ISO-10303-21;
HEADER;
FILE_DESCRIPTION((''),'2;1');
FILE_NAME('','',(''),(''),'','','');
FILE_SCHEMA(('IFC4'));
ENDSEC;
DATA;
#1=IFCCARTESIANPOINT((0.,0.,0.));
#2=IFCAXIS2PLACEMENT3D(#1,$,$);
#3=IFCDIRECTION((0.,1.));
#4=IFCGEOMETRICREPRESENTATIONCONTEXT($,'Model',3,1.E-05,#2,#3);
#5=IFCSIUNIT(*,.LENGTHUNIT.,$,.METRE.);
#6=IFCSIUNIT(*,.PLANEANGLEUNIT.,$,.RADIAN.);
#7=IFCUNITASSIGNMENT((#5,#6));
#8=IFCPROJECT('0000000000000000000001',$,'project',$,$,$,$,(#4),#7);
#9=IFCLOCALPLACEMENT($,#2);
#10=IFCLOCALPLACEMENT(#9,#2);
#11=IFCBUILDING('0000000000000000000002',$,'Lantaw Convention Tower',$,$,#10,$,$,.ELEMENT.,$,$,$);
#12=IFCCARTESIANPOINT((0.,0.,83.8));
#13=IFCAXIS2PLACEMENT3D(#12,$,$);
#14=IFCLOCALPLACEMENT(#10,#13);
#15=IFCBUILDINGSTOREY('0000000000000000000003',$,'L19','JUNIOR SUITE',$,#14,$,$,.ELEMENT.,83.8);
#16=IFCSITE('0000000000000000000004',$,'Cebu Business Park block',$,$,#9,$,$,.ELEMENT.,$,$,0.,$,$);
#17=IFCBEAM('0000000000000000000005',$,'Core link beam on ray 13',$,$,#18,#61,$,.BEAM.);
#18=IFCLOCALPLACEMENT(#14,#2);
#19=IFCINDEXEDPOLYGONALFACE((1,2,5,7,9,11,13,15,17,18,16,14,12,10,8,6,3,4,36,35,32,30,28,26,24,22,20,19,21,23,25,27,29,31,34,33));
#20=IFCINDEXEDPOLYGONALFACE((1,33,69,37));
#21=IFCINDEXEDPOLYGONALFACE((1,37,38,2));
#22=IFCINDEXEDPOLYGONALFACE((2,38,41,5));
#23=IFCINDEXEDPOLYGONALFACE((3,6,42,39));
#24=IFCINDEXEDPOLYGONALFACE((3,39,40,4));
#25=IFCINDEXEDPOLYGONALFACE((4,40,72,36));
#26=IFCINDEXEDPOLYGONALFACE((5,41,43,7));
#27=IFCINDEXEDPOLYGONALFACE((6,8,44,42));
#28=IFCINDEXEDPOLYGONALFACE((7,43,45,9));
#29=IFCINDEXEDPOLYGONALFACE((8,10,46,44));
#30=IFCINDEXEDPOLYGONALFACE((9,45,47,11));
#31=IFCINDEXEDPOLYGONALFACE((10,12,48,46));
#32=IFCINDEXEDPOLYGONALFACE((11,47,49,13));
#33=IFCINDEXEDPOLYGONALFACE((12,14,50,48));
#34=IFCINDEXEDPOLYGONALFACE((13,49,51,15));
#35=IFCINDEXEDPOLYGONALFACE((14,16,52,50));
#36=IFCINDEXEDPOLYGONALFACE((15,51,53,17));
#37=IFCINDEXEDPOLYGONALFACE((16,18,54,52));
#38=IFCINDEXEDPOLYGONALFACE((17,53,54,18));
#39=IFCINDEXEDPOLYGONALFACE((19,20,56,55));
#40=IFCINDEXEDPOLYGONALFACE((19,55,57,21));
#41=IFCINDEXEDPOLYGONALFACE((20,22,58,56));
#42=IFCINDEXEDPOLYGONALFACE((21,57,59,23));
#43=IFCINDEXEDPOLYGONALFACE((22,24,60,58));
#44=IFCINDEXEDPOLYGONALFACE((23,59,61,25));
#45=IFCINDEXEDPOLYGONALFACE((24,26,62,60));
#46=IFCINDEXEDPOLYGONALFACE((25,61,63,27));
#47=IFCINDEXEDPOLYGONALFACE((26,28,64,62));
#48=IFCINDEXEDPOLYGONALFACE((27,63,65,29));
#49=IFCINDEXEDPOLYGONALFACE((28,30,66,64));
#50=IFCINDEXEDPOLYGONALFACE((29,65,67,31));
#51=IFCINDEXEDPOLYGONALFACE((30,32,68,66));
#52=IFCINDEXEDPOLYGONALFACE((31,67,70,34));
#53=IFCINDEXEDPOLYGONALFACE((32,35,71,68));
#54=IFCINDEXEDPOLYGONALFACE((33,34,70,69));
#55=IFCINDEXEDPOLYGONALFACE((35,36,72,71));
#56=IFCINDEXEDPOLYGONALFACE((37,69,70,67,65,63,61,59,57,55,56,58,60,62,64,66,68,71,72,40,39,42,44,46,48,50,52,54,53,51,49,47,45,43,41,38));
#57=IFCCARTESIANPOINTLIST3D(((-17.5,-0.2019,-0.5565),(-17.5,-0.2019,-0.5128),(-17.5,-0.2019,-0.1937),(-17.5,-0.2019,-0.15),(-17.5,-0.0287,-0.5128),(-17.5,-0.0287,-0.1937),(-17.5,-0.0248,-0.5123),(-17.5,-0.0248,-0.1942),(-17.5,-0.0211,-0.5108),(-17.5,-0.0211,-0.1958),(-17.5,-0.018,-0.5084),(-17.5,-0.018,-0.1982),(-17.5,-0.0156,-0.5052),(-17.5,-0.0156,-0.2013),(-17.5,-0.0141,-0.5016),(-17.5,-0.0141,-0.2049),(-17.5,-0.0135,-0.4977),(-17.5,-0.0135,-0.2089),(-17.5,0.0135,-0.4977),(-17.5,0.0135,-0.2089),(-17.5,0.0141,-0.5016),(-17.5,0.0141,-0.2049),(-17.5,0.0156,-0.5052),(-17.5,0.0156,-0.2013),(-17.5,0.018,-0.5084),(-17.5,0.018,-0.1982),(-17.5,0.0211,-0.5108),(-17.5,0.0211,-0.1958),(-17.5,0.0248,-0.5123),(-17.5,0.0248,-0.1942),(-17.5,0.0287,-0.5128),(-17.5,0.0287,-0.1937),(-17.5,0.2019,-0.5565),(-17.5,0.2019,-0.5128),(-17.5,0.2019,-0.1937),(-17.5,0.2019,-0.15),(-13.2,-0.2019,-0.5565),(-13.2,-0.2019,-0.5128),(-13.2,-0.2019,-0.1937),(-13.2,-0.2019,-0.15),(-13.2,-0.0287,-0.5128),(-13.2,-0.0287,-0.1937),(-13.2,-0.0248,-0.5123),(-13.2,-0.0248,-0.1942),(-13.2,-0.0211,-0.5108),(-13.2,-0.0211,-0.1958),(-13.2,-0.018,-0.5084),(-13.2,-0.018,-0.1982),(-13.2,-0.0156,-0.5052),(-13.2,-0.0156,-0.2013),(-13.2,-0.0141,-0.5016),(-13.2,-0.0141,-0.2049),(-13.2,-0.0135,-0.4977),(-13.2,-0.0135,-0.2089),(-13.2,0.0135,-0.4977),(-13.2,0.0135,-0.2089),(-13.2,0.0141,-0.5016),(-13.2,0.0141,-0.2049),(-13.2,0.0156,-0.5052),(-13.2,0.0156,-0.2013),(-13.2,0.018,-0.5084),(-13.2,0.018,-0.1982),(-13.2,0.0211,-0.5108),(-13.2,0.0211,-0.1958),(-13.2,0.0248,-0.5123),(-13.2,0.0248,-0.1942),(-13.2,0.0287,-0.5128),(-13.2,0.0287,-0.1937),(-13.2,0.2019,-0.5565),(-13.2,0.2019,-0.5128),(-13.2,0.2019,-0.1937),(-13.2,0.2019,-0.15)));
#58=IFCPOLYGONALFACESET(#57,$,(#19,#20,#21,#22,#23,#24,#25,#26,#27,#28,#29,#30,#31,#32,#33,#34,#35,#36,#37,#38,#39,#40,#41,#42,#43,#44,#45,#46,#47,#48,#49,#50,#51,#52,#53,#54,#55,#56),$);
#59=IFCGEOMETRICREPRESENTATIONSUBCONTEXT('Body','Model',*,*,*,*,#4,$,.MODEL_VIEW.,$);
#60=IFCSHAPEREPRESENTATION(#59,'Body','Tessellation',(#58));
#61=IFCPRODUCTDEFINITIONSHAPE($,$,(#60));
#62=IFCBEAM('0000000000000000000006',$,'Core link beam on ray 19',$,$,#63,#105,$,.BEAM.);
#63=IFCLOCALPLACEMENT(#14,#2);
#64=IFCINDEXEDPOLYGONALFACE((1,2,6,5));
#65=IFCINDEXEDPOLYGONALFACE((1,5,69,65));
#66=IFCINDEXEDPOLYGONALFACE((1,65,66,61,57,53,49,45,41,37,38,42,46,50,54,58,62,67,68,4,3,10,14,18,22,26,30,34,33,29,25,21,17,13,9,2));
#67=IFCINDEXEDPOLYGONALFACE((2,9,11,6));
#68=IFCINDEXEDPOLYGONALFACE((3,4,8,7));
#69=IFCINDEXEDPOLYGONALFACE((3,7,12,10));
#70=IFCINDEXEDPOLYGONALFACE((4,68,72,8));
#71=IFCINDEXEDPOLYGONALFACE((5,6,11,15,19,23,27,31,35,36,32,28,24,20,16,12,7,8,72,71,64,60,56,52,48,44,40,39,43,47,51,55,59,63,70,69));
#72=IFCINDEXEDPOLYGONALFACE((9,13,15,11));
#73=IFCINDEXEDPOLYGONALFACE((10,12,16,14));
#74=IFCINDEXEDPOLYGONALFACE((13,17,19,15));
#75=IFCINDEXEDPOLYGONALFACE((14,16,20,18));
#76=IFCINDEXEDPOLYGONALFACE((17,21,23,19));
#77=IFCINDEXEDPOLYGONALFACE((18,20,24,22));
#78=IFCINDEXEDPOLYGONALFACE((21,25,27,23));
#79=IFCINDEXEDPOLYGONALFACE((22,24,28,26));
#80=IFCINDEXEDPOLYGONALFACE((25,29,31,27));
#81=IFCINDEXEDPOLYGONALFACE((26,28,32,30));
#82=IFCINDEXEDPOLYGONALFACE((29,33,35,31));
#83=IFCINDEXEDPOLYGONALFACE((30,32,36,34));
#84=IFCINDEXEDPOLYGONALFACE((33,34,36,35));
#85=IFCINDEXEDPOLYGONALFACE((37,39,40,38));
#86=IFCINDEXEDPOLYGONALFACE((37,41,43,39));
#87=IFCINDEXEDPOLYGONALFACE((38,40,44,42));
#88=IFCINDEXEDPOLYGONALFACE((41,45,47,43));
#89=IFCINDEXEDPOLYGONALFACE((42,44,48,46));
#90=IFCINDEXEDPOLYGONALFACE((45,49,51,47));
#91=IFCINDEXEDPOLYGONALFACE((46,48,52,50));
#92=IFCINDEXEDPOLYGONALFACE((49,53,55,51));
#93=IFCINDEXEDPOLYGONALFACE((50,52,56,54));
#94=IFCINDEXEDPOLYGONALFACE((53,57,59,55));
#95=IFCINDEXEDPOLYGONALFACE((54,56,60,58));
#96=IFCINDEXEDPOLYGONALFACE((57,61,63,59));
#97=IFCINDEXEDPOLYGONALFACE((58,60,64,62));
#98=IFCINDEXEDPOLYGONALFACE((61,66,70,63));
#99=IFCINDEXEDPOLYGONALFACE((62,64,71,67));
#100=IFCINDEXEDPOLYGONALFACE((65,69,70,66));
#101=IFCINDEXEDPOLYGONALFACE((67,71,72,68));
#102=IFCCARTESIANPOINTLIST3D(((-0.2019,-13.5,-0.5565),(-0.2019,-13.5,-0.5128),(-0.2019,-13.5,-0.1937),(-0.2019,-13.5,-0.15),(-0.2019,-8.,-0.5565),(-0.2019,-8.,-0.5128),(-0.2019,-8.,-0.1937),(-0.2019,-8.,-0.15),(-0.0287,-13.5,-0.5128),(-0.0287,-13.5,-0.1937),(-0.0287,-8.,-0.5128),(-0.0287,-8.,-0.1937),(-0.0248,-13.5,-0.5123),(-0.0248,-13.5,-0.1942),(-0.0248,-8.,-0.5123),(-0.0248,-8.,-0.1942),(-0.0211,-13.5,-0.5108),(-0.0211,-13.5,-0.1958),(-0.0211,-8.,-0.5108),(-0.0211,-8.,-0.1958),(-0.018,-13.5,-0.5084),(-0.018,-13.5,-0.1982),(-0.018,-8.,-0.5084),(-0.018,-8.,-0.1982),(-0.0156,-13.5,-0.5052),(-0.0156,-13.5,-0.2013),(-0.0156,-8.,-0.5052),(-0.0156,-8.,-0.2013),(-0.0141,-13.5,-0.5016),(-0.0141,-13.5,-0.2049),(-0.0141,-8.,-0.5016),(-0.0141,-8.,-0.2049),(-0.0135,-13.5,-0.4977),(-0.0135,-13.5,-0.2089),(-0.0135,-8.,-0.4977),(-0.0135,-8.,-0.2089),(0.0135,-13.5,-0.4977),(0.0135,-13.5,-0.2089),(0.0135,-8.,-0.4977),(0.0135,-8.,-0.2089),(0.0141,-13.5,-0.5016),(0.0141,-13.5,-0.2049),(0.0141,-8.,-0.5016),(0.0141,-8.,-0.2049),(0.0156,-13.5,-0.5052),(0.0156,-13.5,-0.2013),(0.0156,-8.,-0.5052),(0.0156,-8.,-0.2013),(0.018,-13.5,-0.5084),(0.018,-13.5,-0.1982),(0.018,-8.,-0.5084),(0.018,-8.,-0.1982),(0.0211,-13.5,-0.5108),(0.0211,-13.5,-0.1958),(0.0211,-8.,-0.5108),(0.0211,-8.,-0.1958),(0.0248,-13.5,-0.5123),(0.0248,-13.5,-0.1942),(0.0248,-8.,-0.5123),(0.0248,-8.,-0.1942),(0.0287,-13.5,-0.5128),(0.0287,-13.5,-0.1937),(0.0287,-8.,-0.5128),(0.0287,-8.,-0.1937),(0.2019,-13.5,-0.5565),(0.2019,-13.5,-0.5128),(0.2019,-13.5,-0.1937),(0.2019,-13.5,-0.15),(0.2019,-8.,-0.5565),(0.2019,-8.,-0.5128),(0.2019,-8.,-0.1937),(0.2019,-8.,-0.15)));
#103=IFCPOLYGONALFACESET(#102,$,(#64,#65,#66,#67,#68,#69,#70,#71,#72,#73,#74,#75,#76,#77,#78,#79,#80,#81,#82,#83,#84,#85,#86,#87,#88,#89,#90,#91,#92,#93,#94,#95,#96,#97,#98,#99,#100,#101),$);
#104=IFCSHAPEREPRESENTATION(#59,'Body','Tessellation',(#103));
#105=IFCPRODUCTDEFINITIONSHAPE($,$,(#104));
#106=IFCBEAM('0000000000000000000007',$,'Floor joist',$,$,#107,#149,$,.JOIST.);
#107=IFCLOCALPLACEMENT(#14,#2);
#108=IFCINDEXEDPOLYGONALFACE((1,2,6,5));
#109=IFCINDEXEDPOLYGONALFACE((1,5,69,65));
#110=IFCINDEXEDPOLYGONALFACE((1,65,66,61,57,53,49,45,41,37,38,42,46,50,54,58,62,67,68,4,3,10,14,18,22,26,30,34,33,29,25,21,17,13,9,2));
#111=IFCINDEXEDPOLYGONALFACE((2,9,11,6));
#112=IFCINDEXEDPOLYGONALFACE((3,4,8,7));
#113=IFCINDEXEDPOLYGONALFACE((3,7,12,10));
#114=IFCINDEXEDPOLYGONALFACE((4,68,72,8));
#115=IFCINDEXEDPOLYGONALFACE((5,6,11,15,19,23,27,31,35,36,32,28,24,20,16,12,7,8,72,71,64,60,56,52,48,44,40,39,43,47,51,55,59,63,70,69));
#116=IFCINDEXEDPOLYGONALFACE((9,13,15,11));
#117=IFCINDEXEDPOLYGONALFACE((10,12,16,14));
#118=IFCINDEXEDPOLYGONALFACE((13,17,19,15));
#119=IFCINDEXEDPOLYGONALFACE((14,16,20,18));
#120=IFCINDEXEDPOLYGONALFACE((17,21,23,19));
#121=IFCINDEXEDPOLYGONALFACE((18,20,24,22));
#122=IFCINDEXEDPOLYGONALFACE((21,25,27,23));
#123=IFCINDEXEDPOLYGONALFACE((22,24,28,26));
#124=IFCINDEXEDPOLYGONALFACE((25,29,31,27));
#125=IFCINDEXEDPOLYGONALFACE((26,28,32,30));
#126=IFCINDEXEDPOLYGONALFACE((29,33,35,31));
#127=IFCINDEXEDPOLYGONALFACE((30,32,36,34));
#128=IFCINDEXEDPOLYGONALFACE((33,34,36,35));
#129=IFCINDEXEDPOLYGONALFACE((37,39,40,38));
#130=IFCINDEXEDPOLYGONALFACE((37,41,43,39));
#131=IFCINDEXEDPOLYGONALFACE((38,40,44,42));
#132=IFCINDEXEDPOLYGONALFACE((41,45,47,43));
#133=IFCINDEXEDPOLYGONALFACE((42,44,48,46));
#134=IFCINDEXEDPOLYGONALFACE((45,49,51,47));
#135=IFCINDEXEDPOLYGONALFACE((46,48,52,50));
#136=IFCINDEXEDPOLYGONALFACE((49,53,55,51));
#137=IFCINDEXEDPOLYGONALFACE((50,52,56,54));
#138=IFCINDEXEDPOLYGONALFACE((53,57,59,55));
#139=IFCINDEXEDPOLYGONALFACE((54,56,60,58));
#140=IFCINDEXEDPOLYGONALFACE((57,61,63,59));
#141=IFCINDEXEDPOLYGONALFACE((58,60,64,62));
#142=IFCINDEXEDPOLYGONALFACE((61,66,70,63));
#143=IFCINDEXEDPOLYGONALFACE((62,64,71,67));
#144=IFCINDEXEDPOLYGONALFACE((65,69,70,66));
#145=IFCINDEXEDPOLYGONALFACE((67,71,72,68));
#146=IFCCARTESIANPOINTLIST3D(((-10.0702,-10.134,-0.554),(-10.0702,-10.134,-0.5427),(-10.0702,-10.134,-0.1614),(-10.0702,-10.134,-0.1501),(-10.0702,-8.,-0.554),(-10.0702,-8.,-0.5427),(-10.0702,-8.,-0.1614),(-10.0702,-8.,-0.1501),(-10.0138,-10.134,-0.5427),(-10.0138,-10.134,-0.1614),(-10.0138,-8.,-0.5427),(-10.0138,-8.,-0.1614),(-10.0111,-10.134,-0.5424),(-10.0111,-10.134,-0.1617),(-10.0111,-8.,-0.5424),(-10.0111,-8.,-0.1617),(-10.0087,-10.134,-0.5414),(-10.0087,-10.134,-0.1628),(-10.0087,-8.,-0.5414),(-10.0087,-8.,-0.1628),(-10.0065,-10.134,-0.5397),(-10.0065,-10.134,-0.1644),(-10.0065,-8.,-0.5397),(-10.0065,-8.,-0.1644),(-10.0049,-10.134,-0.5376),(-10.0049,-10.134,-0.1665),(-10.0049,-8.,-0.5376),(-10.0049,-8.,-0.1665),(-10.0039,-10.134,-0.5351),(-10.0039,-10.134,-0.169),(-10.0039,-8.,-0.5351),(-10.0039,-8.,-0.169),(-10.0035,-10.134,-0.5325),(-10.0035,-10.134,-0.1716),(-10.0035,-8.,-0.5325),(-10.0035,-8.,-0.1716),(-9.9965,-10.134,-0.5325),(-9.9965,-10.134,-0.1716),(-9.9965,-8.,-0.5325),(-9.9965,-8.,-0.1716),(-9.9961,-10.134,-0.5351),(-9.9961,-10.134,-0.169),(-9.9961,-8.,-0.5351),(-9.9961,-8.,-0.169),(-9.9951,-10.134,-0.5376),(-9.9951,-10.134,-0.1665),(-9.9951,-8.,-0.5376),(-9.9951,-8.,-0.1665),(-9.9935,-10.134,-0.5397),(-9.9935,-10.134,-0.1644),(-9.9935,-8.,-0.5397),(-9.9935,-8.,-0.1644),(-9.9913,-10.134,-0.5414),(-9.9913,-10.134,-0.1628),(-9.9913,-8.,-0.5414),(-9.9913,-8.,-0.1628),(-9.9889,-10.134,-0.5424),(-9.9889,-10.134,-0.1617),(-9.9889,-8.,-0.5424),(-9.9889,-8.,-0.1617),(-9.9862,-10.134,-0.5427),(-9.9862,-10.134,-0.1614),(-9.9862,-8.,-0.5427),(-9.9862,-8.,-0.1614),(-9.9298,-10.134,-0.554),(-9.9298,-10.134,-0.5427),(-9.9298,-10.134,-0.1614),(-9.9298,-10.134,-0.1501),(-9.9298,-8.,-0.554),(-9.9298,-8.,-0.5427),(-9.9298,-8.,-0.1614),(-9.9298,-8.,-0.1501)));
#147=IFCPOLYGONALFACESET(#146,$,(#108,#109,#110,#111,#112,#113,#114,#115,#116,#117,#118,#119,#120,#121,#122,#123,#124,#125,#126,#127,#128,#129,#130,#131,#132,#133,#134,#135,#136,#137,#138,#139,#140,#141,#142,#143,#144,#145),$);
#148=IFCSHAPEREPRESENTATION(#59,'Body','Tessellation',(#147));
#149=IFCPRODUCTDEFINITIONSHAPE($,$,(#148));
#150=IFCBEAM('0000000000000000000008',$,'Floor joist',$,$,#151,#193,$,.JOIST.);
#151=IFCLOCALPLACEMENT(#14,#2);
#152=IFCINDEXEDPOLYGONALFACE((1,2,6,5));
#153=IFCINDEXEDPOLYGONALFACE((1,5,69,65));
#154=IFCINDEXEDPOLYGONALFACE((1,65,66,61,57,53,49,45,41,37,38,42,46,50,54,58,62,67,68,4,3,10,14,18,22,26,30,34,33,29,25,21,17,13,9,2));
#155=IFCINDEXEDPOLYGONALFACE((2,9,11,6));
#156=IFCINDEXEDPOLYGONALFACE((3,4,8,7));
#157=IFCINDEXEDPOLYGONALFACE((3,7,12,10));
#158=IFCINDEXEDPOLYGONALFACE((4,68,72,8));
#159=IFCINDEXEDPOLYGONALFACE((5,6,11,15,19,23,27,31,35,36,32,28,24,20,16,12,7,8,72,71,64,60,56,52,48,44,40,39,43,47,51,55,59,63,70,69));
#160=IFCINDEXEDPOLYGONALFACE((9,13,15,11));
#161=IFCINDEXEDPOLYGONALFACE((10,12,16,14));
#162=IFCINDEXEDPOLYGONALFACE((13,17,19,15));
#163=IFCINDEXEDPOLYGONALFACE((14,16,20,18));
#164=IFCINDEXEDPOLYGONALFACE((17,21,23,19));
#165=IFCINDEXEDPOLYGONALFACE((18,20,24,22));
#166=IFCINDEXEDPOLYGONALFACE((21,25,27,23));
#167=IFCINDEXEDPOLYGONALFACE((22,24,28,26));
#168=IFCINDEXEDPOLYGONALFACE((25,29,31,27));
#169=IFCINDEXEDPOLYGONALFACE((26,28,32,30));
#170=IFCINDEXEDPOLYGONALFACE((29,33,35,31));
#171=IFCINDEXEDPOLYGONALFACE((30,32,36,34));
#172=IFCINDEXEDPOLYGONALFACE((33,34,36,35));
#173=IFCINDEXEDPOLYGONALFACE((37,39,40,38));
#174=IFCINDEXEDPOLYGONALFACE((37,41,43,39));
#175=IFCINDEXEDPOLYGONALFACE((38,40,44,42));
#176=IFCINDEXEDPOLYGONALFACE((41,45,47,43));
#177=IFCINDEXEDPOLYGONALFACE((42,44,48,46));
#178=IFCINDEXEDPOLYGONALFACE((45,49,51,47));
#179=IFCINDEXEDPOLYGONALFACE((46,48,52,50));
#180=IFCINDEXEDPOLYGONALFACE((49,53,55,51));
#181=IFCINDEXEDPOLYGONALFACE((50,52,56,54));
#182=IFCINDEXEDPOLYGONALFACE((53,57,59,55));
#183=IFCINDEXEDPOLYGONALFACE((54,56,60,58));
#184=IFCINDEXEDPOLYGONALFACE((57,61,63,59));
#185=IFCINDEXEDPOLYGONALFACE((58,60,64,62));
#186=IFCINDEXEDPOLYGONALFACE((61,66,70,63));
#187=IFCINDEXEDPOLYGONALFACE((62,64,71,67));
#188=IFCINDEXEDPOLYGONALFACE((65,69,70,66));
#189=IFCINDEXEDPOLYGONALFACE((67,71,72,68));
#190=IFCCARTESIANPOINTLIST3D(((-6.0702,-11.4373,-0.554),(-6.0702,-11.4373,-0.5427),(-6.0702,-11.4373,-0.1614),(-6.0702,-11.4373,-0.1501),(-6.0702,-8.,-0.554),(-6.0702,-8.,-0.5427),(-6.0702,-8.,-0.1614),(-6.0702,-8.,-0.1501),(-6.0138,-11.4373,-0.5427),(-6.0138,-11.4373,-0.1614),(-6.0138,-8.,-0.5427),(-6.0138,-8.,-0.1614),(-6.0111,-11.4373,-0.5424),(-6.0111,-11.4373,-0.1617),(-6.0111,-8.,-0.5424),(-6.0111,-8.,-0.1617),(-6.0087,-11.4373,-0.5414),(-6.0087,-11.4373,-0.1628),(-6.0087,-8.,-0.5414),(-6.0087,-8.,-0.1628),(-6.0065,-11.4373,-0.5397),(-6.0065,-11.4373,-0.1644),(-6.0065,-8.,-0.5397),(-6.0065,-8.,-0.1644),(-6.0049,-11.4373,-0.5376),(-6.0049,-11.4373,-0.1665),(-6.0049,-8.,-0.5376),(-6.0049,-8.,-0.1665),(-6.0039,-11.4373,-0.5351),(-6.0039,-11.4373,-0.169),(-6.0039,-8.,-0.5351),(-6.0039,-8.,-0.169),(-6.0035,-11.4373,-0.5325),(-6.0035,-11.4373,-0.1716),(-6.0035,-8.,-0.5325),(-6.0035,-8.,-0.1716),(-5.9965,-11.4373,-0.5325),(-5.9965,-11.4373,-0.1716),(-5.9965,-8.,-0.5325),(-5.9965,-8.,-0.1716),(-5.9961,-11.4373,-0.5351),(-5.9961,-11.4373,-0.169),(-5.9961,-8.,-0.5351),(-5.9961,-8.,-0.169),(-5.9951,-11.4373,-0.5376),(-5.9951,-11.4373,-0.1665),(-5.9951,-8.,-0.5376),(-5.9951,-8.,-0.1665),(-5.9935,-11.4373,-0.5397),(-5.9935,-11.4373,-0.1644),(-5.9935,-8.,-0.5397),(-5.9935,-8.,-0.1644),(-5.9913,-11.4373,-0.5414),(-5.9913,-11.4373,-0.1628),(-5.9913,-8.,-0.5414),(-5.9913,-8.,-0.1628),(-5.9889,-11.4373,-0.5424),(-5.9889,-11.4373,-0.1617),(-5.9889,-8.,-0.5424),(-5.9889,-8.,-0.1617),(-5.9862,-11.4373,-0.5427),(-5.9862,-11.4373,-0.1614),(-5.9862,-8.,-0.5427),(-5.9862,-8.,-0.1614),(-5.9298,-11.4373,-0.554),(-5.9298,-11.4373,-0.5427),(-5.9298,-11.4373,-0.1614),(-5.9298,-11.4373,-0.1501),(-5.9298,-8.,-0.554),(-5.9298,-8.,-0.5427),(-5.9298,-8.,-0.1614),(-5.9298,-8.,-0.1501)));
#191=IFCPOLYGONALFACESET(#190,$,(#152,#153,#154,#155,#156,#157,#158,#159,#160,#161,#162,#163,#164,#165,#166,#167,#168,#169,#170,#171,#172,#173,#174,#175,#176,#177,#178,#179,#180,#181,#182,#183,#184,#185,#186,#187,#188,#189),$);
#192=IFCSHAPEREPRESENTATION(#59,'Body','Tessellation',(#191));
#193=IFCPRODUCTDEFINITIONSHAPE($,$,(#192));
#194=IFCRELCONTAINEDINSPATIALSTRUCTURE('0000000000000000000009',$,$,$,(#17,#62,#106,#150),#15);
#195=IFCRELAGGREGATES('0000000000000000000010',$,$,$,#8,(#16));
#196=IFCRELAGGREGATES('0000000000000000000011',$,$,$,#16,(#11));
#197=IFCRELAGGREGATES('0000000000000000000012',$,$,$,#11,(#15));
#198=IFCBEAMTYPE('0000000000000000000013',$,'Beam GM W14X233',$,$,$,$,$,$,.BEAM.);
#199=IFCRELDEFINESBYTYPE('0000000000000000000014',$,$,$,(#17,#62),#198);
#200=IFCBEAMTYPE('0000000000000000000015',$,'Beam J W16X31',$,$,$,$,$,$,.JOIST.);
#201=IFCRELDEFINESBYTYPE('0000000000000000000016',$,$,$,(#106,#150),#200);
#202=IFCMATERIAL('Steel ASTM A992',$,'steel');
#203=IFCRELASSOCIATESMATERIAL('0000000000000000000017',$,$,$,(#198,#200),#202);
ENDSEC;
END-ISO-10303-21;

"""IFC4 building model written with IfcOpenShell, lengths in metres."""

from ifc_helpers import new_model, si_unit, direction, frame, origin, origin_2d, place, context, subcontext, project, spatial, i_section, extrude, material, material_profile, profile_set, type_object, element, save


model = new_model("IFC4")

# Units and contexts
model_context = context("Model", 3, precision=1e-05, world=origin(), true_north=direction((0.0, 1.0)))
body_context = subcontext(model_context, "Body", "Model", "MODEL_VIEW")
ifc_project = project(units=[si_unit("LENGTHUNIT", "METRE"), si_unit("PLANEANGLEUNIT", "RADIAN")], contexts=[model_context])

# Site, building, storey
site_placement = place(None, origin())
site = spatial("IfcSite", under=ifc_project, at=site_placement, Name="Cebu Business Park block", CompositionType="ELEMENT", RefElevation=0.0)
building_placement = place(site_placement, origin())
building = spatial("IfcBuilding", under=site, at=building_placement, Name="Lantaw Convention Tower", CompositionType="ELEMENT")
storey_placement = place(building_placement, frame((0.0, 0.0, 83.8)))
storey = spatial("IfcBuildingStorey", under=building, at=storey_placement, Name="L19", Description="JUNIOR SUITE", CompositionType="ELEMENT", Elevation=83.8)

# Beams
ifc_material_1 = material(Name="Steel ASTM A992", Category="steel")
ifc_material_profile_1 = material_profile(ifc_material_1, i_section(OverallWidth=0.4038, OverallDepth=0.4065, WebThickness=0.0271, FlangeThickness=0.0437, FilletRadius=0.0151, at=origin_2d()), Name="W14X233")
ifc_profile_set_1 = profile_set([ifc_material_profile_1], Name="Steel ASTM A992")
beam_type_1 = type_object("IfcBeamType", Name="Beam GM W14X233", PredefinedType="BEAM", material=ifc_profile_set_1)
beam_1_placement = place(storey_placement, frame((-13.2, 0.0, -0.3533), z_axis=(-1.0, 0.0, 0.0), x_axis=(0.0, -1.0, 0.0)))
element("IfcBeam", 1, at=beam_1_placement, inside=storey, type_object=beam_type_1, Name="Core link beam on ray 13", PredefinedType="BEAM", context=body_context, shape_type="SweptSolid", body=[
    extrude(i_section(OverallWidth=0.4038, OverallDepth=0.4065, WebThickness=0.0271, FlangeThickness=0.0437, FilletRadius=0.0151, at=origin_2d()), origin(), (0.0, 0.0, 1.0), 4.3),
])
beam_2_placement = place(storey_placement, frame((0.0, -8.0, -0.3533), z_axis=(0.0, -1.0, 0.0), x_axis=(1.0, 0.0, 0.0)))
element("IfcBeam", 2, at=beam_2_placement, inside=storey, type_object=beam_type_1, Name="Core link beam on ray 19", PredefinedType="BEAM", context=body_context, shape_type="SweptSolid", body=[
    extrude(i_section(OverallWidth=0.4038, OverallDepth=0.4065, WebThickness=0.0271, FlangeThickness=0.0437, FilletRadius=0.0151, at=origin_2d()), origin(), (0.0, 0.0, 1.0), 5.5),
])
ifc_material_profile_2 = material_profile(ifc_material_1, i_section(OverallWidth=0.1404, OverallDepth=0.4038, WebThickness=0.0071, FlangeThickness=0.0112, FilletRadius=0.0103, at=origin_2d()), Name="W16X31")
ifc_profile_set_2 = profile_set([ifc_material_profile_2], Name="Steel ASTM A992")
beam_type_2 = type_object("IfcBeamType", Name="Beam J W16X31", PredefinedType="JOIST", material=ifc_profile_set_2)
beam_3_placement = place(storey_placement, frame((-10.0, -10.134, -0.3521), z_axis=(0.0, 1.0, 0.0), x_axis=(-1.0, 0.0, 0.0)))
element("IfcBeam", 3, at=beam_3_placement, inside=storey, type_object=beam_type_2, Name="Floor joist", PredefinedType="JOIST", context=body_context, shape_type="SweptSolid", body=[
    extrude(i_section(OverallWidth=0.1404, OverallDepth=0.4038, WebThickness=0.0071, FlangeThickness=0.0112, FilletRadius=0.0103, at=origin_2d()), origin(), (0.0, 0.0, 1.0), 2.134),
])
beam_4_placement = place(storey_placement, frame((-6.0, -11.4373, -0.3521), z_axis=(0.0, 1.0, 0.0), x_axis=(-1.0, 0.0, 0.0)))
element("IfcBeam", 4, at=beam_4_placement, inside=storey, type_object=beam_type_2, Name="Floor joist", PredefinedType="JOIST", context=body_context, shape_type="SweptSolid", body=[
    extrude(i_section(OverallWidth=0.1404, OverallDepth=0.4038, WebThickness=0.0071, FlangeThickness=0.0112, FilletRadius=0.0103, at=origin_2d()), origin(), (0.0, 0.0, 1.0), 3.4373),
])

save(model, "model.ifc")
